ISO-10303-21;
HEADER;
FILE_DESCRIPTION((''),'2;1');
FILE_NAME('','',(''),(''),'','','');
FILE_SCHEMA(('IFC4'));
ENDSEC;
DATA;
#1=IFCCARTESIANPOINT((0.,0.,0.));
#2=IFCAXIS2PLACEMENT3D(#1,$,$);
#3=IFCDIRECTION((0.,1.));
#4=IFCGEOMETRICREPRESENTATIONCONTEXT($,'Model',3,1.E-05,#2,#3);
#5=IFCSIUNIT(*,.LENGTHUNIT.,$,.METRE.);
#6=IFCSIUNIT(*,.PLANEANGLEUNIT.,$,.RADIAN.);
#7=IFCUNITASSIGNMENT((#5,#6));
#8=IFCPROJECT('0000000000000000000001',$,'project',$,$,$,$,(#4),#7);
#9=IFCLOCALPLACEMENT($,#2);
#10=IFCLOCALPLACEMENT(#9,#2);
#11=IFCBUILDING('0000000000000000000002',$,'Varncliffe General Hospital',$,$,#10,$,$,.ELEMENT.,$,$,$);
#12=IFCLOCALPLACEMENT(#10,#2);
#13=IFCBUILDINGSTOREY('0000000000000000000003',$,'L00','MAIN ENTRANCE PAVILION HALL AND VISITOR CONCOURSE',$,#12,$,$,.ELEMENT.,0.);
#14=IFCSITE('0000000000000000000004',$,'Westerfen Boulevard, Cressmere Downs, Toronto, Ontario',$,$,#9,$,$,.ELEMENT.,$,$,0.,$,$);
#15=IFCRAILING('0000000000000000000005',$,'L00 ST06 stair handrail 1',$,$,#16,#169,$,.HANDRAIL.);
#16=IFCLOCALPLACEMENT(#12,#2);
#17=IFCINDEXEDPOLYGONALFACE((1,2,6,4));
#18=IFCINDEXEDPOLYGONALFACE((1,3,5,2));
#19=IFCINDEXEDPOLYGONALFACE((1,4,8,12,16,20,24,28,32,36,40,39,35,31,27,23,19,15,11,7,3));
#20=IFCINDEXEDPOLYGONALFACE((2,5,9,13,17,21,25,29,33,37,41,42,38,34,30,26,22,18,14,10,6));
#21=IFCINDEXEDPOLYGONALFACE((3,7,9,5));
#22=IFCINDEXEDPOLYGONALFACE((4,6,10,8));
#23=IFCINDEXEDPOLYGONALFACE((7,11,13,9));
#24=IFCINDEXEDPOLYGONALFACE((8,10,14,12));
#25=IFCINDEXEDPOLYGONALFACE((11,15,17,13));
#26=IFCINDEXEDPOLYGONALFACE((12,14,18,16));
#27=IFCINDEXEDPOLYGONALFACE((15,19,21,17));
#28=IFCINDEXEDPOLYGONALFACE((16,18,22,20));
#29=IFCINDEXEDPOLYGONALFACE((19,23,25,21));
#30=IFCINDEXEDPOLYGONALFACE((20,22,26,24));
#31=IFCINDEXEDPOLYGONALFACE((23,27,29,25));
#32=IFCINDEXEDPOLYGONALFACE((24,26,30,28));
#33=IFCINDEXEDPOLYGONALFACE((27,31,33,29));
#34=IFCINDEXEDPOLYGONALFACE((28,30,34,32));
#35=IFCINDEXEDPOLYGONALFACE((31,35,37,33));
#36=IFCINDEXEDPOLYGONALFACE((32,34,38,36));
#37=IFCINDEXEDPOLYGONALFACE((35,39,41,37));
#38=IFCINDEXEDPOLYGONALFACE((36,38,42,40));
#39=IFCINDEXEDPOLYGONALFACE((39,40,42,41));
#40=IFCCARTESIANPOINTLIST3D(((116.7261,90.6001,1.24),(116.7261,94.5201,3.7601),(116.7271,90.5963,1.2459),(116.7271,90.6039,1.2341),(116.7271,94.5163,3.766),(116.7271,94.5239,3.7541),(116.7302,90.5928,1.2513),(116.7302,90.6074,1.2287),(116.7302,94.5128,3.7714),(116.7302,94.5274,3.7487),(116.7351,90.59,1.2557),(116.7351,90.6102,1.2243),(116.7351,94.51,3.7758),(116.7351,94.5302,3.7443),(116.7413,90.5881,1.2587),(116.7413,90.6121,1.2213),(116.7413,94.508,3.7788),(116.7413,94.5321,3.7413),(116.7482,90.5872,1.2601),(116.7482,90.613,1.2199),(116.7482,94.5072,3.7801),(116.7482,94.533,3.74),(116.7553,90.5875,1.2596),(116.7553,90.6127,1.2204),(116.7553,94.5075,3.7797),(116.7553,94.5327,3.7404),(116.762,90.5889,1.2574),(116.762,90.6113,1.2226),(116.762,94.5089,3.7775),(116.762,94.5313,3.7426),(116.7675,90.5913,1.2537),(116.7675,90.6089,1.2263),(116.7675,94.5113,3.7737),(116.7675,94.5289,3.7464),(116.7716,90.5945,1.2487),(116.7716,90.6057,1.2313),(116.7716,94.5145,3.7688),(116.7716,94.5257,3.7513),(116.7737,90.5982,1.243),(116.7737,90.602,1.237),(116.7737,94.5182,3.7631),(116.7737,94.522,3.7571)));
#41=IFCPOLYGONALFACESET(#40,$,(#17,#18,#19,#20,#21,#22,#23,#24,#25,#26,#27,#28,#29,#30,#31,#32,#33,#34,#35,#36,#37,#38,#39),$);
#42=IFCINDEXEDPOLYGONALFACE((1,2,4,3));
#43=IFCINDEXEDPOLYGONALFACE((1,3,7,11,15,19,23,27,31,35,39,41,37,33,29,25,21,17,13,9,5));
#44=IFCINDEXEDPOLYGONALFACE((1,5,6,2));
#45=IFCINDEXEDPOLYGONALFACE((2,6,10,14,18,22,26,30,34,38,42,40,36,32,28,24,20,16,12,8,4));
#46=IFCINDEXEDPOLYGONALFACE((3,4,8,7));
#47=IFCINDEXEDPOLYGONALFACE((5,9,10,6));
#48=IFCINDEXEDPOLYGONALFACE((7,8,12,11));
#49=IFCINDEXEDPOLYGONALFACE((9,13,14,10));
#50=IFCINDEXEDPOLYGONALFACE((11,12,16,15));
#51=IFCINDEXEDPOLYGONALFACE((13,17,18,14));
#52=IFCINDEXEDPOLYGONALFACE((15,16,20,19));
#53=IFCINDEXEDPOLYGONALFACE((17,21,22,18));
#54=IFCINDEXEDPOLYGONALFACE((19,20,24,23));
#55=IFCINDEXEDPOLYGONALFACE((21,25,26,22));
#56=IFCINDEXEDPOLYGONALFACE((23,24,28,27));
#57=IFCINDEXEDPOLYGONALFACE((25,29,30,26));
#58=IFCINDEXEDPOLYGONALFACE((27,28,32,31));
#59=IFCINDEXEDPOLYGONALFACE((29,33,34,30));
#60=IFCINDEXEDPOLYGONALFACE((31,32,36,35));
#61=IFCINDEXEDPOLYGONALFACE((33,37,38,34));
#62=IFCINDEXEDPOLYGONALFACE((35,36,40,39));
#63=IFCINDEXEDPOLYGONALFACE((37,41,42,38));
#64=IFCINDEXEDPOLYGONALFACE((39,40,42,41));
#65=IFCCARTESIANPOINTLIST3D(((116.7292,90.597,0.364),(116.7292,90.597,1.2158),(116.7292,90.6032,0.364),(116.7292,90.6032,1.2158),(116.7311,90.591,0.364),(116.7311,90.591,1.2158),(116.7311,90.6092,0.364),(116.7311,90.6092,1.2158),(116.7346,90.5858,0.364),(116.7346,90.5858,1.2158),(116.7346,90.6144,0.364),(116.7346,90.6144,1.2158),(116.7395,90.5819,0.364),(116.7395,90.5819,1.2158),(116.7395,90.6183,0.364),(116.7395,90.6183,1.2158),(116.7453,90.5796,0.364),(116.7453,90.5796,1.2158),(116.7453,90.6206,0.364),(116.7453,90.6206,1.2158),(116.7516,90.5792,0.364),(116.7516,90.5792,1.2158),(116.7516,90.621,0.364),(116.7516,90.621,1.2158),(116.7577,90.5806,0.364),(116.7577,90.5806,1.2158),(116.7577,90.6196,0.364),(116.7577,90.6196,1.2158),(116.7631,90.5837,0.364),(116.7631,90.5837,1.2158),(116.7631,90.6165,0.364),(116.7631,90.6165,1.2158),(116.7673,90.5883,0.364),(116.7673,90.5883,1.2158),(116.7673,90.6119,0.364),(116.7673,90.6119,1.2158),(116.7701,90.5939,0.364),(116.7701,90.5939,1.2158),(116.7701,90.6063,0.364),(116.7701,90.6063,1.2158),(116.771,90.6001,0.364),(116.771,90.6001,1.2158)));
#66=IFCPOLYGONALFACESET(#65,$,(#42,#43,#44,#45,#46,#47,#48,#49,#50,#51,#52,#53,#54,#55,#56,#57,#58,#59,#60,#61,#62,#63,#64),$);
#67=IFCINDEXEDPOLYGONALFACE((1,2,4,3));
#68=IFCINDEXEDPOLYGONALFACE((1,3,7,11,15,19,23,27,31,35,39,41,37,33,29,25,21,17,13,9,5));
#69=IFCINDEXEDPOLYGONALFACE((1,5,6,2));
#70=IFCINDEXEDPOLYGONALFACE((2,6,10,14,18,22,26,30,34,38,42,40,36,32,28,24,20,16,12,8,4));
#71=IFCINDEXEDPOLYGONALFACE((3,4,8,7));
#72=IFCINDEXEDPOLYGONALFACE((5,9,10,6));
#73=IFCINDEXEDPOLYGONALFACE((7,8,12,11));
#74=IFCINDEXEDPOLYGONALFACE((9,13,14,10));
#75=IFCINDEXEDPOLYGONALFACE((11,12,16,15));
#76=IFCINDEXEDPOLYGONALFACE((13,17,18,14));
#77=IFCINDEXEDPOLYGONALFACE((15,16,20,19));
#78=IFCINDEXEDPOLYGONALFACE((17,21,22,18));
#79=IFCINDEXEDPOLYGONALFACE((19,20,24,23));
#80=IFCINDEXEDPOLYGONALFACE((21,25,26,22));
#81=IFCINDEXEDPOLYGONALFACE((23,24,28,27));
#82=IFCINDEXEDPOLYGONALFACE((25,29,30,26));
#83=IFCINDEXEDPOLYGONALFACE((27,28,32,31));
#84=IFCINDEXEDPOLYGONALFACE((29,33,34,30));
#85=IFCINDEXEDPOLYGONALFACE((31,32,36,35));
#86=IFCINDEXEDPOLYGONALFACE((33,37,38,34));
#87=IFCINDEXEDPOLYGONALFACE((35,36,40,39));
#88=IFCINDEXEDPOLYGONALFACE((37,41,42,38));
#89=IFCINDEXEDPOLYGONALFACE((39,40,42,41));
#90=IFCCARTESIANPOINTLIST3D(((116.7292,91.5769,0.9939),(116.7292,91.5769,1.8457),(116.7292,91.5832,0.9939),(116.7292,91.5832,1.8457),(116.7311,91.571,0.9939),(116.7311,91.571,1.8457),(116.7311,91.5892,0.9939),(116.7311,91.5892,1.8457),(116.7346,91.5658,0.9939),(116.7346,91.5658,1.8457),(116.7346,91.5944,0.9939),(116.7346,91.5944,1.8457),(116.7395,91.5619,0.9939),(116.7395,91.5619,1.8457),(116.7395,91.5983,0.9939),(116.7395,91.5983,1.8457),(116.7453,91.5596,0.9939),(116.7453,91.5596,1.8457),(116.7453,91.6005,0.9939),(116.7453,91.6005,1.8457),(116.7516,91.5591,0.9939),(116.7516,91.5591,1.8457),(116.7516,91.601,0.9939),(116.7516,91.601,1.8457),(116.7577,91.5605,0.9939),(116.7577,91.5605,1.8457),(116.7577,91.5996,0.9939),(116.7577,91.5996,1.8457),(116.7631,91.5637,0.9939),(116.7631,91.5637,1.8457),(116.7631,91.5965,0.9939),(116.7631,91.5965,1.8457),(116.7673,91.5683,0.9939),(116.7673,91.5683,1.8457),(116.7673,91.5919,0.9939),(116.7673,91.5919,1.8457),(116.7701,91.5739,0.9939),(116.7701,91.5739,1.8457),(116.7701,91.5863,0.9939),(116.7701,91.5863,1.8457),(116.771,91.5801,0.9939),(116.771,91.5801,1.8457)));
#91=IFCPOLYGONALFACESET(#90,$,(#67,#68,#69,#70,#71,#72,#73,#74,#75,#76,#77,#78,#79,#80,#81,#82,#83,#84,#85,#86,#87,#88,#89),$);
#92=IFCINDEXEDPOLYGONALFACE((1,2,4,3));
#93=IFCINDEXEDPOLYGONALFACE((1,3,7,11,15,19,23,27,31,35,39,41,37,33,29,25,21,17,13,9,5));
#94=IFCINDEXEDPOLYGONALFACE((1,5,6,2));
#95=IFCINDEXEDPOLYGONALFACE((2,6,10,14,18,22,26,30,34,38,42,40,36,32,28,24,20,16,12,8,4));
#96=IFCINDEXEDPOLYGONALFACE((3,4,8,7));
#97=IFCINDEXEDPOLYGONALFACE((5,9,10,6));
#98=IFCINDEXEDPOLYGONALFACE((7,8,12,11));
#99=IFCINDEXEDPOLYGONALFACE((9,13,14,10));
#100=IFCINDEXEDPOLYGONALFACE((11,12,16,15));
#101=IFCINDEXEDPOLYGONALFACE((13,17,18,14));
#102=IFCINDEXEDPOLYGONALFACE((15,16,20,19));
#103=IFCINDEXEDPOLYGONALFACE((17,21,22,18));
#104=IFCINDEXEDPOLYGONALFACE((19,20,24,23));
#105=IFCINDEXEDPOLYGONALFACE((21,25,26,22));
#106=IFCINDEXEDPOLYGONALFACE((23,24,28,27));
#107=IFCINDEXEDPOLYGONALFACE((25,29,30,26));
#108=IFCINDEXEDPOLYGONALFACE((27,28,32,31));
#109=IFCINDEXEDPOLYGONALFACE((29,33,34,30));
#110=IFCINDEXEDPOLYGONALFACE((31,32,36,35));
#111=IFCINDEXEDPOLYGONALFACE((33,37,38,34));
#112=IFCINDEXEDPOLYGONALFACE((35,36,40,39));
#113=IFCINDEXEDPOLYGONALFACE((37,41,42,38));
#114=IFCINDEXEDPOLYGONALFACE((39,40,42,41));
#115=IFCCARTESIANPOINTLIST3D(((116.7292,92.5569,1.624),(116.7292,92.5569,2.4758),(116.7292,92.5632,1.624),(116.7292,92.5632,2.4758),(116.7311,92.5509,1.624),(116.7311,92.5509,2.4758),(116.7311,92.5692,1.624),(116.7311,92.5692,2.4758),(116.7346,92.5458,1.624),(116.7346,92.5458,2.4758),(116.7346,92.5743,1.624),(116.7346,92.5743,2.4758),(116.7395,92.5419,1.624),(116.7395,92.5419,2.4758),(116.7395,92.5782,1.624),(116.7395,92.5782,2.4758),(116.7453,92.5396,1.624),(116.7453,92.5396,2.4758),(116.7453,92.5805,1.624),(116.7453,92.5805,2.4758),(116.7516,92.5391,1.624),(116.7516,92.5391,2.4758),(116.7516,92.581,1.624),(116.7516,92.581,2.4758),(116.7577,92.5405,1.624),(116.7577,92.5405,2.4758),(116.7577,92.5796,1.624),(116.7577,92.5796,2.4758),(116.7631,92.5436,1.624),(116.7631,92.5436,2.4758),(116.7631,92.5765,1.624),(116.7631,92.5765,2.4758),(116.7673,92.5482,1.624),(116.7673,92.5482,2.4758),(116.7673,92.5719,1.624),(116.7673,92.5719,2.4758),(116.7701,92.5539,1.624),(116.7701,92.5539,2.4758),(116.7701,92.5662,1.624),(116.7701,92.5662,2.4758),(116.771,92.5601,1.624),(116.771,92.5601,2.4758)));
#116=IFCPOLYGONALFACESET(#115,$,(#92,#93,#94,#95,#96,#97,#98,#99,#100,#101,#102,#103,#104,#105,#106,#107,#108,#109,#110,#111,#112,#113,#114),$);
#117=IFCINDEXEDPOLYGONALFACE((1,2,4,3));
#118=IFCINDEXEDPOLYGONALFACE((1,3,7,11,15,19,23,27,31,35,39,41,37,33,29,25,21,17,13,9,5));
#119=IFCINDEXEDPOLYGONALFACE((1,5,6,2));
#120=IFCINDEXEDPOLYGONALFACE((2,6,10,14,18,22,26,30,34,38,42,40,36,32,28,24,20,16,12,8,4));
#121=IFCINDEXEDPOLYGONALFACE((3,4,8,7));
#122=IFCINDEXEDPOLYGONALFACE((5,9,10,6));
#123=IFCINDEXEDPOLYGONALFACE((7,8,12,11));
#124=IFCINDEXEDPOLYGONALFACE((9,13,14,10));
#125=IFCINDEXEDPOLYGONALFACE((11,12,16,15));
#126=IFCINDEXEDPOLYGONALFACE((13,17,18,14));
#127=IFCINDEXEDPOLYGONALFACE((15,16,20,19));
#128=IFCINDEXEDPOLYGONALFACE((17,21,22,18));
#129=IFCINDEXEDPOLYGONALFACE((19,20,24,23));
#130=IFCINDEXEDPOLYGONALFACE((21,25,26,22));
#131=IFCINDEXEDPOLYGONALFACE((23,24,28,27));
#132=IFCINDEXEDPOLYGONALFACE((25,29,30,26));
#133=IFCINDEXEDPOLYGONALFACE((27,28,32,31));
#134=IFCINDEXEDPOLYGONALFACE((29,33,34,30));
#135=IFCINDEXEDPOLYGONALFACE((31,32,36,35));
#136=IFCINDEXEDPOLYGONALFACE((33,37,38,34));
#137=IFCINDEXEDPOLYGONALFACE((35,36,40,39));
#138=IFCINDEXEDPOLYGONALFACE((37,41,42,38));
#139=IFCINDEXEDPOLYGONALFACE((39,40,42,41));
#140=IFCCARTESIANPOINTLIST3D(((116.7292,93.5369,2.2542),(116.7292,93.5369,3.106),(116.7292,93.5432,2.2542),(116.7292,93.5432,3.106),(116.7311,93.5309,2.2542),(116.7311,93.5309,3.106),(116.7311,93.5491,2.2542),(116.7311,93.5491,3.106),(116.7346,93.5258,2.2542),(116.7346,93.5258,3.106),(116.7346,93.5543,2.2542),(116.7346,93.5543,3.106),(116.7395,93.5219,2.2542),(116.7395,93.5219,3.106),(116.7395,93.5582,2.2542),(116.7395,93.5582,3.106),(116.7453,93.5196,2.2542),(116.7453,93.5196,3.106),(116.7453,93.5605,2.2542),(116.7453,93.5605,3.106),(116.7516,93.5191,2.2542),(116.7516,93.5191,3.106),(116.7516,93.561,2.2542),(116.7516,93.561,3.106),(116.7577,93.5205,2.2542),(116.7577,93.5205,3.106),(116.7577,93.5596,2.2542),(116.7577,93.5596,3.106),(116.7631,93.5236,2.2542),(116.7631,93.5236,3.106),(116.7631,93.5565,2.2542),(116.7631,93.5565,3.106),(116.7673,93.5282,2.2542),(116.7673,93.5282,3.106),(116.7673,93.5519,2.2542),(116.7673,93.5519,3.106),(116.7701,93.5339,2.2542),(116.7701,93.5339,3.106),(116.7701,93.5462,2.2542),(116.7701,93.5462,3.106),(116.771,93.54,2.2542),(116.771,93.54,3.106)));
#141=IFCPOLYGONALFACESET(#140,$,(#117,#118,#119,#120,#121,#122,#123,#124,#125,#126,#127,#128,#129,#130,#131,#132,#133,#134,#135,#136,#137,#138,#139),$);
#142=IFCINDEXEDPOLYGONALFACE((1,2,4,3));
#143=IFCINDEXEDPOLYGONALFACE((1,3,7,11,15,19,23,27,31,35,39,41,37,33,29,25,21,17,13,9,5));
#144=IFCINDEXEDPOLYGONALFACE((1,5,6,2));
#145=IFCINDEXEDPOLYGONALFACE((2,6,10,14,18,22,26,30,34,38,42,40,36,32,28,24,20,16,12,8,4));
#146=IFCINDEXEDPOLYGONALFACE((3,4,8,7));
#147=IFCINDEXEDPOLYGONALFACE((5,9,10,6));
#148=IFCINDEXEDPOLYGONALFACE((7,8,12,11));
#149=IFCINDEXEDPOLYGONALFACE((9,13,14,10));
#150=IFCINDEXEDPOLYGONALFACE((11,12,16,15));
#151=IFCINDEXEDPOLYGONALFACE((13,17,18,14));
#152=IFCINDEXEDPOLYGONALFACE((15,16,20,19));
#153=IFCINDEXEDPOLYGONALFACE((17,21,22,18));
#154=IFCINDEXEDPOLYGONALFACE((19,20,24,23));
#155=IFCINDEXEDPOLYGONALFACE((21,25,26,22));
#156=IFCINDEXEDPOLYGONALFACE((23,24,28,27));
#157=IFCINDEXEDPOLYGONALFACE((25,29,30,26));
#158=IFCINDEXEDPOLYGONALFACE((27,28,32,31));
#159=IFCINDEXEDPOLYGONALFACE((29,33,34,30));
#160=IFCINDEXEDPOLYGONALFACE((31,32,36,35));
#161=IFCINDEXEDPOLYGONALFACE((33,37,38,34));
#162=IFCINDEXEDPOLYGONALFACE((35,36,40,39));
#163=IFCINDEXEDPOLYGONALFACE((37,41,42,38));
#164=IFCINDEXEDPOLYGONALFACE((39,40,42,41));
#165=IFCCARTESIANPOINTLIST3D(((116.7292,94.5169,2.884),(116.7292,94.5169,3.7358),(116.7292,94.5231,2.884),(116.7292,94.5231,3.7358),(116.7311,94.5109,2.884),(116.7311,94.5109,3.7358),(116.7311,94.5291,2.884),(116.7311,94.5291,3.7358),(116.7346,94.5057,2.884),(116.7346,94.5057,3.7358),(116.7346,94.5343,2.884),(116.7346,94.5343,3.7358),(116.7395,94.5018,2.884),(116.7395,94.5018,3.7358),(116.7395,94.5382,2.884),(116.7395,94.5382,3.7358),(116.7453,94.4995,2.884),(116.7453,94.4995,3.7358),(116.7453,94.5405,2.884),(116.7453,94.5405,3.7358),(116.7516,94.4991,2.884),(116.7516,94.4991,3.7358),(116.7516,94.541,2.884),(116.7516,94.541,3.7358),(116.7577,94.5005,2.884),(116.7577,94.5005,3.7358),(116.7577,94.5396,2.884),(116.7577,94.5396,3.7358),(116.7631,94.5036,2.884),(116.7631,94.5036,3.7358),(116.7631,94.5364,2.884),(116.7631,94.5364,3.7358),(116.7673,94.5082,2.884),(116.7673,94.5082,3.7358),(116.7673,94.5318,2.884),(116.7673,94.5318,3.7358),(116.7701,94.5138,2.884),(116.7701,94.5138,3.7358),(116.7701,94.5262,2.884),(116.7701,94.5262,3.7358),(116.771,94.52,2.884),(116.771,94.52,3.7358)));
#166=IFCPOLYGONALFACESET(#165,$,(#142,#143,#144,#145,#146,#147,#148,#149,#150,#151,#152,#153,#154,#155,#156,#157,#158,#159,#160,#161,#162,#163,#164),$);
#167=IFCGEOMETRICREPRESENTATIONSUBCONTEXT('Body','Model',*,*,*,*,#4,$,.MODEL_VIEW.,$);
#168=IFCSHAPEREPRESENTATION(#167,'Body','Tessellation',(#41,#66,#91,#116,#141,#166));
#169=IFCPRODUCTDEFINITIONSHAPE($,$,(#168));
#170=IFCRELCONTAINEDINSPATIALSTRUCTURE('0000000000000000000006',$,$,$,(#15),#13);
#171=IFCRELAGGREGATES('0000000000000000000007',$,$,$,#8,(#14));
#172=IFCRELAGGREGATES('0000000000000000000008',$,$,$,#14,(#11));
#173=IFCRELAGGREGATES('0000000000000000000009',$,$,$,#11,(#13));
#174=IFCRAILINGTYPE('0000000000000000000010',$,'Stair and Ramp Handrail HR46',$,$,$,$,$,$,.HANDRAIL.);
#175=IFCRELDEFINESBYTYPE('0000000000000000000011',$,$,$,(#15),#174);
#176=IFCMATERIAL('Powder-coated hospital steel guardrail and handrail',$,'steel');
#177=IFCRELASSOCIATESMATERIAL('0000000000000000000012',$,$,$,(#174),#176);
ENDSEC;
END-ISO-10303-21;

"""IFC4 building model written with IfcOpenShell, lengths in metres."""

from ifc_helpers import new_model, si_unit, direction, frame, origin, origin_2d, place, context, subcontext, project, spatial, circle, extrude, material, type_object, element, save


model = new_model("IFC4")

# Units and contexts
model_context = context("Model", 3, precision=1e-05, world=origin(), true_north=direction((0.0, 1.0)))
body_context = subcontext(model_context, "Body", "Model", "MODEL_VIEW")
ifc_project = project(units=[si_unit("LENGTHUNIT", "METRE"), si_unit("PLANEANGLEUNIT", "RADIAN")], contexts=[model_context])

# Site, building, storey
site_placement = place(None, origin())
site = spatial("IfcSite", under=ifc_project, at=site_placement, Name="Westerfen Boulevard, Cressmere Downs, Toronto, Ontario", CompositionType="ELEMENT", RefElevation=0.0)
building_placement = place(site_placement, origin())
building = spatial("IfcBuilding", under=site, at=building_placement, Name="Varncliffe General Hospital", CompositionType="ELEMENT")
storey_placement = place(building_placement, origin())
storey = spatial("IfcBuildingStorey", under=building, at=storey_placement, Name="L00", Description="MAIN ENTRANCE PAVILION HALL AND VISITOR CONCOURSE", CompositionType="ELEMENT", Elevation=0.0)

# Railing
ifc_material_1 = material(Name="Powder-coated hospital steel guardrail and handrail", Category="steel")
railing_type_1 = type_object("IfcRailingType", Name="Stair and Ramp Handrail HR46", PredefinedType="HANDRAIL", material=ifc_material_1)
railing_1_placement = place(storey_placement, frame((116.75, 90.6001, 0.364)))
element("IfcRailing", 1, at=railing_1_placement, inside=storey, type_object=railing_type_1, Name="L00 ST06 stair handrail 1", PredefinedType="HANDRAIL", context=body_context, shape_type="SweptSolid", body=[
    extrude(circle(Radius=0.0239, at=origin_2d()), frame((0.0, 0.0, 0.876), z_axis=(0.0, 0.841172, 0.540768), x_axis=(-1.0, 0.0, 0.0)), (0.0, 0.0, 1.0), 4.6602),
    extrude(circle(Radius=0.021, at=origin_2d()), origin(), (0.0, 0.0, 1.0), 0.8518),
    extrude(circle(Radius=0.021, at=origin_2d()), frame((0.0, 0.98, 0.6299)), (0.0, 0.0, 1.0), 0.8518),
    extrude(circle(Radius=0.021, at=origin_2d()), frame((0.0, 1.96, 1.26)), (0.0, 0.0, 1.0), 0.8518),
    extrude(circle(Radius=0.021, at=origin_2d()), frame((0.0, 2.9399, 1.8901)), (0.0, 0.0, 1.0), 0.8518),
    extrude(circle(Radius=0.021, at=origin_2d()), frame((0.0, 3.9199, 2.52)), (0.0, 0.0, 1.0), 0.8518),
])

save(model, "model.ifc")
